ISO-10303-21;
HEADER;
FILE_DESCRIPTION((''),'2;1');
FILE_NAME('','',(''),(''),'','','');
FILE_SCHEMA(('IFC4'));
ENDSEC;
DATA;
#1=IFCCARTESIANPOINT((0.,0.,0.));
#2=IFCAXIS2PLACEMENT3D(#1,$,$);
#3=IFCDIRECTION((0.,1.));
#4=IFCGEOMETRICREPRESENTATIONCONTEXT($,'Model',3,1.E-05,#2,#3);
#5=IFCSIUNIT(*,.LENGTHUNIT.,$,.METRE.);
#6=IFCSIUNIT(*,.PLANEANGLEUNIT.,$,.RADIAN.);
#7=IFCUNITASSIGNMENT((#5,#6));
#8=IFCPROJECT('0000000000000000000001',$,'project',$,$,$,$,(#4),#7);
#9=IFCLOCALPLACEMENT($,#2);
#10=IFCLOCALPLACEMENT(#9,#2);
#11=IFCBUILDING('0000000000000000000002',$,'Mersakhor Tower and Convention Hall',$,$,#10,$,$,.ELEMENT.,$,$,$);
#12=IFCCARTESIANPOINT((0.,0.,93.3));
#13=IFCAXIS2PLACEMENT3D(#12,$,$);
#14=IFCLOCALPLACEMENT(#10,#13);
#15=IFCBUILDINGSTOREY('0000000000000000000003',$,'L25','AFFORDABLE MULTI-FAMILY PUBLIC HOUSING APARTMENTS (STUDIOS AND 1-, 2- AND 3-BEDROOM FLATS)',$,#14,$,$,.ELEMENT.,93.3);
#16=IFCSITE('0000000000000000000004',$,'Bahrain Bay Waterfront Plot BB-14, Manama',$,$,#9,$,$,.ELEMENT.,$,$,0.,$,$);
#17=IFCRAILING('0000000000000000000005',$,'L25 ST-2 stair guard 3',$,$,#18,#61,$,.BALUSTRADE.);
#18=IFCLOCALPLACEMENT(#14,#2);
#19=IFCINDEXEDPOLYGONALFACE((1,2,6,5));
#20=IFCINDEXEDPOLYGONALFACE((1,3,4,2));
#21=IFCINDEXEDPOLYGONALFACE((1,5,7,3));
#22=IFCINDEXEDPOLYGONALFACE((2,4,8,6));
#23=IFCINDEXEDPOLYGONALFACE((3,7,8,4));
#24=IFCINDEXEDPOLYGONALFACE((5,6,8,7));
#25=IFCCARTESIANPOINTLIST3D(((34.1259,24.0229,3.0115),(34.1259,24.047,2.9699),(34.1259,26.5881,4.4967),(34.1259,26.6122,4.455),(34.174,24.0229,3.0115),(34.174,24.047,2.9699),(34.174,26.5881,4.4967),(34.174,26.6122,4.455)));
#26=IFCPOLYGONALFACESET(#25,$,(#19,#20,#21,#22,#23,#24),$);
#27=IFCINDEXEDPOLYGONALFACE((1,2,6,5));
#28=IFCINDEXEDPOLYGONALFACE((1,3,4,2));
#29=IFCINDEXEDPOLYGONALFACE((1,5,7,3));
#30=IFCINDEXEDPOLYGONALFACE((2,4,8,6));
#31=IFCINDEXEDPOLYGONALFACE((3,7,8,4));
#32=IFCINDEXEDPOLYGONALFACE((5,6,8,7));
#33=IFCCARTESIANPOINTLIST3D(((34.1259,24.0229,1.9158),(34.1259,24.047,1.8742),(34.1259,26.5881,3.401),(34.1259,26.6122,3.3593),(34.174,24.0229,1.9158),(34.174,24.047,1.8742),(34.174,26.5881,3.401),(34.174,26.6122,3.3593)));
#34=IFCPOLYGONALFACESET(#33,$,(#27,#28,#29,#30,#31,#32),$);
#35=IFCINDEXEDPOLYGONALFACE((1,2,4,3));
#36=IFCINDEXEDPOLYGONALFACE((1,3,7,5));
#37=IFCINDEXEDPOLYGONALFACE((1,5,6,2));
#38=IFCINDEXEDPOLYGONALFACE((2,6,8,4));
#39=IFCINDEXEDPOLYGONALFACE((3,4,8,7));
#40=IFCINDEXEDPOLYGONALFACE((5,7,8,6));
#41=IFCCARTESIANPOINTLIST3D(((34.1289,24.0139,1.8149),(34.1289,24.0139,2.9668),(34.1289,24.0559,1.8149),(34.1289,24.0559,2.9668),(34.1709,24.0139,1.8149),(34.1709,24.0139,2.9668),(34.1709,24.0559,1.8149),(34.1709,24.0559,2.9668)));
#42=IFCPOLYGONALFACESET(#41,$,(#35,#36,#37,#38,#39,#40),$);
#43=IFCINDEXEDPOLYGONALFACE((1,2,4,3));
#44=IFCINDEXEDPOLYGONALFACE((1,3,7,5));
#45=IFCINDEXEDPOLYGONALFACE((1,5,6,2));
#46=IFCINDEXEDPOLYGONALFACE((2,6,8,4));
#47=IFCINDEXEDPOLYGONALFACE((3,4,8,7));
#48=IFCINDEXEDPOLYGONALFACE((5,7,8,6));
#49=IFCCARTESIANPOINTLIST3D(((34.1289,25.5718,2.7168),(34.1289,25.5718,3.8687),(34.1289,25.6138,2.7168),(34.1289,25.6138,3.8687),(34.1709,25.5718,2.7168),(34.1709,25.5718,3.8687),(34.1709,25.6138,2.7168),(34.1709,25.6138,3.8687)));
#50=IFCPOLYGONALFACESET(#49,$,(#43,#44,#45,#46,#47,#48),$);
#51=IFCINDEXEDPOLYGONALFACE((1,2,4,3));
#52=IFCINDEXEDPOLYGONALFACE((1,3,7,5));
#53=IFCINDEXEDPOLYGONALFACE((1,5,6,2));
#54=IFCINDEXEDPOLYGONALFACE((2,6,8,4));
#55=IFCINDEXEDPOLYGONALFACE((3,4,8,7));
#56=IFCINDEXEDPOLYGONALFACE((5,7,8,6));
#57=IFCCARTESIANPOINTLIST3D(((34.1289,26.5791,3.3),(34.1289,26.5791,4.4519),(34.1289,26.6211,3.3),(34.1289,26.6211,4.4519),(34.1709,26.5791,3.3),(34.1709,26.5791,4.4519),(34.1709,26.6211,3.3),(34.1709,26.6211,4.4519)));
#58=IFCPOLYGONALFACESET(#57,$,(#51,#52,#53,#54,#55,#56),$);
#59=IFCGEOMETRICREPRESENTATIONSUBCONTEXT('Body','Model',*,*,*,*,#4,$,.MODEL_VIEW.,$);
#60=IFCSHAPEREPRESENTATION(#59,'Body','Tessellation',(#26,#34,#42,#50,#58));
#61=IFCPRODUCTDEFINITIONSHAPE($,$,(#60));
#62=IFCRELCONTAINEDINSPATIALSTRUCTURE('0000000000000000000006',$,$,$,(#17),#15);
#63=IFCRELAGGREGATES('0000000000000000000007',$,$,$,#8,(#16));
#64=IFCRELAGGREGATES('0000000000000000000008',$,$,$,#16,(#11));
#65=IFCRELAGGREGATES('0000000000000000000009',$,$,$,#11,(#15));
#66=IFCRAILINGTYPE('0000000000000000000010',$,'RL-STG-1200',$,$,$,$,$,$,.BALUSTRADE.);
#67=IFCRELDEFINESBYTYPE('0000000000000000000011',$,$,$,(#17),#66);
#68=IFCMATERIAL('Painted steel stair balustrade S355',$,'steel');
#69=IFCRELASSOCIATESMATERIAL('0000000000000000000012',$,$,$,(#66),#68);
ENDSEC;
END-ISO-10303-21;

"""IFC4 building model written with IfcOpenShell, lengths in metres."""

from ifc_helpers import new_model, si_unit, direction, frame, origin, origin_2d, place, context, subcontext, project, spatial, rectangle, extrude, material, type_object, element, save


model = new_model("IFC4")

# Units and contexts
model_context = context("Model", 3, precision=1e-05, world=origin(), true_north=direction((0.0, 1.0)))
body_context = subcontext(model_context, "Body", "Model", "MODEL_VIEW")
ifc_project = project(units=[si_unit("LENGTHUNIT", "METRE"), si_unit("PLANEANGLEUNIT", "RADIAN")], contexts=[model_context])

# Site, building, storey
site_placement = place(None, origin())
site = spatial("IfcSite", under=ifc_project, at=site_placement, Name="Bahrain Bay Waterfront Plot BB-14, Manama", CompositionType="ELEMENT", RefElevation=0.0)
building_placement = place(site_placement, origin())
building = spatial("IfcBuilding", under=site, at=building_placement, Name="Mersakhor Tower and Convention Hall", CompositionType="ELEMENT")
storey_placement = place(building_placement, frame((0.0, 0.0, 93.3)))
storey = spatial("IfcBuildingStorey", under=building, at=storey_placement, Name="L25", Description="AFFORDABLE MULTI-FAMILY PUBLIC HOUSING APARTMENTS (STUDIOS AND 1-, 2- AND 3-BEDROOM FLATS)", CompositionType="ELEMENT", Elevation=93.3)

# Railing
ifc_material_1 = material(Name="Painted steel stair balustrade S355", Category="steel")
railing_type_1 = type_object("IfcRailingType", Name="RL-STG-1200", PredefinedType="BALUSTRADE", material=ifc_material_1)
railing_1_placement = place(storey_placement, frame((34.1499, 24.0349, 1.8149)))
element("IfcRailing", 1, at=railing_1_placement, inside=storey, type_object=railing_type_1, Name="L25 ST-2 stair guard 3", PredefinedType="BALUSTRADE", context=body_context, shape_type="SweptSolid", body=[
    extrude(rectangle(XDim=0.0481, YDim=0.0481, at=origin_2d()), frame((0.0, 0.0, 1.1758), z_axis=(0.0, 0.865426, 0.501036), x_axis=(-1.0, 0.0, 0.0)), (0.0, 0.0, 1.0), 2.9641),
    extrude(rectangle(XDim=0.0481, YDim=0.0481, at=origin_2d()), frame((0.0, 0.0, 0.0801), z_axis=(0.0, 0.865426, 0.501036), x_axis=(-1.0, 0.0, 0.0)), (0.0, 0.0, 1.0), 2.9641),
    extrude(rectangle(XDim=0.042, YDim=0.042, at=origin_2d()), origin(), (0.0, 0.0, 1.0), 1.1519),
    extrude(rectangle(XDim=0.042, YDim=0.042, at=origin_2d()), frame((0.0, 1.5579, 0.9019)), (0.0, 0.0, 1.0), 1.1519),
    extrude(rectangle(XDim=0.042, YDim=0.042, at=origin_2d()), frame((0.0, 2.5652, 1.4851)), (0.0, 0.0, 1.0), 1.1519),
])

save(model, "model.ifc")
